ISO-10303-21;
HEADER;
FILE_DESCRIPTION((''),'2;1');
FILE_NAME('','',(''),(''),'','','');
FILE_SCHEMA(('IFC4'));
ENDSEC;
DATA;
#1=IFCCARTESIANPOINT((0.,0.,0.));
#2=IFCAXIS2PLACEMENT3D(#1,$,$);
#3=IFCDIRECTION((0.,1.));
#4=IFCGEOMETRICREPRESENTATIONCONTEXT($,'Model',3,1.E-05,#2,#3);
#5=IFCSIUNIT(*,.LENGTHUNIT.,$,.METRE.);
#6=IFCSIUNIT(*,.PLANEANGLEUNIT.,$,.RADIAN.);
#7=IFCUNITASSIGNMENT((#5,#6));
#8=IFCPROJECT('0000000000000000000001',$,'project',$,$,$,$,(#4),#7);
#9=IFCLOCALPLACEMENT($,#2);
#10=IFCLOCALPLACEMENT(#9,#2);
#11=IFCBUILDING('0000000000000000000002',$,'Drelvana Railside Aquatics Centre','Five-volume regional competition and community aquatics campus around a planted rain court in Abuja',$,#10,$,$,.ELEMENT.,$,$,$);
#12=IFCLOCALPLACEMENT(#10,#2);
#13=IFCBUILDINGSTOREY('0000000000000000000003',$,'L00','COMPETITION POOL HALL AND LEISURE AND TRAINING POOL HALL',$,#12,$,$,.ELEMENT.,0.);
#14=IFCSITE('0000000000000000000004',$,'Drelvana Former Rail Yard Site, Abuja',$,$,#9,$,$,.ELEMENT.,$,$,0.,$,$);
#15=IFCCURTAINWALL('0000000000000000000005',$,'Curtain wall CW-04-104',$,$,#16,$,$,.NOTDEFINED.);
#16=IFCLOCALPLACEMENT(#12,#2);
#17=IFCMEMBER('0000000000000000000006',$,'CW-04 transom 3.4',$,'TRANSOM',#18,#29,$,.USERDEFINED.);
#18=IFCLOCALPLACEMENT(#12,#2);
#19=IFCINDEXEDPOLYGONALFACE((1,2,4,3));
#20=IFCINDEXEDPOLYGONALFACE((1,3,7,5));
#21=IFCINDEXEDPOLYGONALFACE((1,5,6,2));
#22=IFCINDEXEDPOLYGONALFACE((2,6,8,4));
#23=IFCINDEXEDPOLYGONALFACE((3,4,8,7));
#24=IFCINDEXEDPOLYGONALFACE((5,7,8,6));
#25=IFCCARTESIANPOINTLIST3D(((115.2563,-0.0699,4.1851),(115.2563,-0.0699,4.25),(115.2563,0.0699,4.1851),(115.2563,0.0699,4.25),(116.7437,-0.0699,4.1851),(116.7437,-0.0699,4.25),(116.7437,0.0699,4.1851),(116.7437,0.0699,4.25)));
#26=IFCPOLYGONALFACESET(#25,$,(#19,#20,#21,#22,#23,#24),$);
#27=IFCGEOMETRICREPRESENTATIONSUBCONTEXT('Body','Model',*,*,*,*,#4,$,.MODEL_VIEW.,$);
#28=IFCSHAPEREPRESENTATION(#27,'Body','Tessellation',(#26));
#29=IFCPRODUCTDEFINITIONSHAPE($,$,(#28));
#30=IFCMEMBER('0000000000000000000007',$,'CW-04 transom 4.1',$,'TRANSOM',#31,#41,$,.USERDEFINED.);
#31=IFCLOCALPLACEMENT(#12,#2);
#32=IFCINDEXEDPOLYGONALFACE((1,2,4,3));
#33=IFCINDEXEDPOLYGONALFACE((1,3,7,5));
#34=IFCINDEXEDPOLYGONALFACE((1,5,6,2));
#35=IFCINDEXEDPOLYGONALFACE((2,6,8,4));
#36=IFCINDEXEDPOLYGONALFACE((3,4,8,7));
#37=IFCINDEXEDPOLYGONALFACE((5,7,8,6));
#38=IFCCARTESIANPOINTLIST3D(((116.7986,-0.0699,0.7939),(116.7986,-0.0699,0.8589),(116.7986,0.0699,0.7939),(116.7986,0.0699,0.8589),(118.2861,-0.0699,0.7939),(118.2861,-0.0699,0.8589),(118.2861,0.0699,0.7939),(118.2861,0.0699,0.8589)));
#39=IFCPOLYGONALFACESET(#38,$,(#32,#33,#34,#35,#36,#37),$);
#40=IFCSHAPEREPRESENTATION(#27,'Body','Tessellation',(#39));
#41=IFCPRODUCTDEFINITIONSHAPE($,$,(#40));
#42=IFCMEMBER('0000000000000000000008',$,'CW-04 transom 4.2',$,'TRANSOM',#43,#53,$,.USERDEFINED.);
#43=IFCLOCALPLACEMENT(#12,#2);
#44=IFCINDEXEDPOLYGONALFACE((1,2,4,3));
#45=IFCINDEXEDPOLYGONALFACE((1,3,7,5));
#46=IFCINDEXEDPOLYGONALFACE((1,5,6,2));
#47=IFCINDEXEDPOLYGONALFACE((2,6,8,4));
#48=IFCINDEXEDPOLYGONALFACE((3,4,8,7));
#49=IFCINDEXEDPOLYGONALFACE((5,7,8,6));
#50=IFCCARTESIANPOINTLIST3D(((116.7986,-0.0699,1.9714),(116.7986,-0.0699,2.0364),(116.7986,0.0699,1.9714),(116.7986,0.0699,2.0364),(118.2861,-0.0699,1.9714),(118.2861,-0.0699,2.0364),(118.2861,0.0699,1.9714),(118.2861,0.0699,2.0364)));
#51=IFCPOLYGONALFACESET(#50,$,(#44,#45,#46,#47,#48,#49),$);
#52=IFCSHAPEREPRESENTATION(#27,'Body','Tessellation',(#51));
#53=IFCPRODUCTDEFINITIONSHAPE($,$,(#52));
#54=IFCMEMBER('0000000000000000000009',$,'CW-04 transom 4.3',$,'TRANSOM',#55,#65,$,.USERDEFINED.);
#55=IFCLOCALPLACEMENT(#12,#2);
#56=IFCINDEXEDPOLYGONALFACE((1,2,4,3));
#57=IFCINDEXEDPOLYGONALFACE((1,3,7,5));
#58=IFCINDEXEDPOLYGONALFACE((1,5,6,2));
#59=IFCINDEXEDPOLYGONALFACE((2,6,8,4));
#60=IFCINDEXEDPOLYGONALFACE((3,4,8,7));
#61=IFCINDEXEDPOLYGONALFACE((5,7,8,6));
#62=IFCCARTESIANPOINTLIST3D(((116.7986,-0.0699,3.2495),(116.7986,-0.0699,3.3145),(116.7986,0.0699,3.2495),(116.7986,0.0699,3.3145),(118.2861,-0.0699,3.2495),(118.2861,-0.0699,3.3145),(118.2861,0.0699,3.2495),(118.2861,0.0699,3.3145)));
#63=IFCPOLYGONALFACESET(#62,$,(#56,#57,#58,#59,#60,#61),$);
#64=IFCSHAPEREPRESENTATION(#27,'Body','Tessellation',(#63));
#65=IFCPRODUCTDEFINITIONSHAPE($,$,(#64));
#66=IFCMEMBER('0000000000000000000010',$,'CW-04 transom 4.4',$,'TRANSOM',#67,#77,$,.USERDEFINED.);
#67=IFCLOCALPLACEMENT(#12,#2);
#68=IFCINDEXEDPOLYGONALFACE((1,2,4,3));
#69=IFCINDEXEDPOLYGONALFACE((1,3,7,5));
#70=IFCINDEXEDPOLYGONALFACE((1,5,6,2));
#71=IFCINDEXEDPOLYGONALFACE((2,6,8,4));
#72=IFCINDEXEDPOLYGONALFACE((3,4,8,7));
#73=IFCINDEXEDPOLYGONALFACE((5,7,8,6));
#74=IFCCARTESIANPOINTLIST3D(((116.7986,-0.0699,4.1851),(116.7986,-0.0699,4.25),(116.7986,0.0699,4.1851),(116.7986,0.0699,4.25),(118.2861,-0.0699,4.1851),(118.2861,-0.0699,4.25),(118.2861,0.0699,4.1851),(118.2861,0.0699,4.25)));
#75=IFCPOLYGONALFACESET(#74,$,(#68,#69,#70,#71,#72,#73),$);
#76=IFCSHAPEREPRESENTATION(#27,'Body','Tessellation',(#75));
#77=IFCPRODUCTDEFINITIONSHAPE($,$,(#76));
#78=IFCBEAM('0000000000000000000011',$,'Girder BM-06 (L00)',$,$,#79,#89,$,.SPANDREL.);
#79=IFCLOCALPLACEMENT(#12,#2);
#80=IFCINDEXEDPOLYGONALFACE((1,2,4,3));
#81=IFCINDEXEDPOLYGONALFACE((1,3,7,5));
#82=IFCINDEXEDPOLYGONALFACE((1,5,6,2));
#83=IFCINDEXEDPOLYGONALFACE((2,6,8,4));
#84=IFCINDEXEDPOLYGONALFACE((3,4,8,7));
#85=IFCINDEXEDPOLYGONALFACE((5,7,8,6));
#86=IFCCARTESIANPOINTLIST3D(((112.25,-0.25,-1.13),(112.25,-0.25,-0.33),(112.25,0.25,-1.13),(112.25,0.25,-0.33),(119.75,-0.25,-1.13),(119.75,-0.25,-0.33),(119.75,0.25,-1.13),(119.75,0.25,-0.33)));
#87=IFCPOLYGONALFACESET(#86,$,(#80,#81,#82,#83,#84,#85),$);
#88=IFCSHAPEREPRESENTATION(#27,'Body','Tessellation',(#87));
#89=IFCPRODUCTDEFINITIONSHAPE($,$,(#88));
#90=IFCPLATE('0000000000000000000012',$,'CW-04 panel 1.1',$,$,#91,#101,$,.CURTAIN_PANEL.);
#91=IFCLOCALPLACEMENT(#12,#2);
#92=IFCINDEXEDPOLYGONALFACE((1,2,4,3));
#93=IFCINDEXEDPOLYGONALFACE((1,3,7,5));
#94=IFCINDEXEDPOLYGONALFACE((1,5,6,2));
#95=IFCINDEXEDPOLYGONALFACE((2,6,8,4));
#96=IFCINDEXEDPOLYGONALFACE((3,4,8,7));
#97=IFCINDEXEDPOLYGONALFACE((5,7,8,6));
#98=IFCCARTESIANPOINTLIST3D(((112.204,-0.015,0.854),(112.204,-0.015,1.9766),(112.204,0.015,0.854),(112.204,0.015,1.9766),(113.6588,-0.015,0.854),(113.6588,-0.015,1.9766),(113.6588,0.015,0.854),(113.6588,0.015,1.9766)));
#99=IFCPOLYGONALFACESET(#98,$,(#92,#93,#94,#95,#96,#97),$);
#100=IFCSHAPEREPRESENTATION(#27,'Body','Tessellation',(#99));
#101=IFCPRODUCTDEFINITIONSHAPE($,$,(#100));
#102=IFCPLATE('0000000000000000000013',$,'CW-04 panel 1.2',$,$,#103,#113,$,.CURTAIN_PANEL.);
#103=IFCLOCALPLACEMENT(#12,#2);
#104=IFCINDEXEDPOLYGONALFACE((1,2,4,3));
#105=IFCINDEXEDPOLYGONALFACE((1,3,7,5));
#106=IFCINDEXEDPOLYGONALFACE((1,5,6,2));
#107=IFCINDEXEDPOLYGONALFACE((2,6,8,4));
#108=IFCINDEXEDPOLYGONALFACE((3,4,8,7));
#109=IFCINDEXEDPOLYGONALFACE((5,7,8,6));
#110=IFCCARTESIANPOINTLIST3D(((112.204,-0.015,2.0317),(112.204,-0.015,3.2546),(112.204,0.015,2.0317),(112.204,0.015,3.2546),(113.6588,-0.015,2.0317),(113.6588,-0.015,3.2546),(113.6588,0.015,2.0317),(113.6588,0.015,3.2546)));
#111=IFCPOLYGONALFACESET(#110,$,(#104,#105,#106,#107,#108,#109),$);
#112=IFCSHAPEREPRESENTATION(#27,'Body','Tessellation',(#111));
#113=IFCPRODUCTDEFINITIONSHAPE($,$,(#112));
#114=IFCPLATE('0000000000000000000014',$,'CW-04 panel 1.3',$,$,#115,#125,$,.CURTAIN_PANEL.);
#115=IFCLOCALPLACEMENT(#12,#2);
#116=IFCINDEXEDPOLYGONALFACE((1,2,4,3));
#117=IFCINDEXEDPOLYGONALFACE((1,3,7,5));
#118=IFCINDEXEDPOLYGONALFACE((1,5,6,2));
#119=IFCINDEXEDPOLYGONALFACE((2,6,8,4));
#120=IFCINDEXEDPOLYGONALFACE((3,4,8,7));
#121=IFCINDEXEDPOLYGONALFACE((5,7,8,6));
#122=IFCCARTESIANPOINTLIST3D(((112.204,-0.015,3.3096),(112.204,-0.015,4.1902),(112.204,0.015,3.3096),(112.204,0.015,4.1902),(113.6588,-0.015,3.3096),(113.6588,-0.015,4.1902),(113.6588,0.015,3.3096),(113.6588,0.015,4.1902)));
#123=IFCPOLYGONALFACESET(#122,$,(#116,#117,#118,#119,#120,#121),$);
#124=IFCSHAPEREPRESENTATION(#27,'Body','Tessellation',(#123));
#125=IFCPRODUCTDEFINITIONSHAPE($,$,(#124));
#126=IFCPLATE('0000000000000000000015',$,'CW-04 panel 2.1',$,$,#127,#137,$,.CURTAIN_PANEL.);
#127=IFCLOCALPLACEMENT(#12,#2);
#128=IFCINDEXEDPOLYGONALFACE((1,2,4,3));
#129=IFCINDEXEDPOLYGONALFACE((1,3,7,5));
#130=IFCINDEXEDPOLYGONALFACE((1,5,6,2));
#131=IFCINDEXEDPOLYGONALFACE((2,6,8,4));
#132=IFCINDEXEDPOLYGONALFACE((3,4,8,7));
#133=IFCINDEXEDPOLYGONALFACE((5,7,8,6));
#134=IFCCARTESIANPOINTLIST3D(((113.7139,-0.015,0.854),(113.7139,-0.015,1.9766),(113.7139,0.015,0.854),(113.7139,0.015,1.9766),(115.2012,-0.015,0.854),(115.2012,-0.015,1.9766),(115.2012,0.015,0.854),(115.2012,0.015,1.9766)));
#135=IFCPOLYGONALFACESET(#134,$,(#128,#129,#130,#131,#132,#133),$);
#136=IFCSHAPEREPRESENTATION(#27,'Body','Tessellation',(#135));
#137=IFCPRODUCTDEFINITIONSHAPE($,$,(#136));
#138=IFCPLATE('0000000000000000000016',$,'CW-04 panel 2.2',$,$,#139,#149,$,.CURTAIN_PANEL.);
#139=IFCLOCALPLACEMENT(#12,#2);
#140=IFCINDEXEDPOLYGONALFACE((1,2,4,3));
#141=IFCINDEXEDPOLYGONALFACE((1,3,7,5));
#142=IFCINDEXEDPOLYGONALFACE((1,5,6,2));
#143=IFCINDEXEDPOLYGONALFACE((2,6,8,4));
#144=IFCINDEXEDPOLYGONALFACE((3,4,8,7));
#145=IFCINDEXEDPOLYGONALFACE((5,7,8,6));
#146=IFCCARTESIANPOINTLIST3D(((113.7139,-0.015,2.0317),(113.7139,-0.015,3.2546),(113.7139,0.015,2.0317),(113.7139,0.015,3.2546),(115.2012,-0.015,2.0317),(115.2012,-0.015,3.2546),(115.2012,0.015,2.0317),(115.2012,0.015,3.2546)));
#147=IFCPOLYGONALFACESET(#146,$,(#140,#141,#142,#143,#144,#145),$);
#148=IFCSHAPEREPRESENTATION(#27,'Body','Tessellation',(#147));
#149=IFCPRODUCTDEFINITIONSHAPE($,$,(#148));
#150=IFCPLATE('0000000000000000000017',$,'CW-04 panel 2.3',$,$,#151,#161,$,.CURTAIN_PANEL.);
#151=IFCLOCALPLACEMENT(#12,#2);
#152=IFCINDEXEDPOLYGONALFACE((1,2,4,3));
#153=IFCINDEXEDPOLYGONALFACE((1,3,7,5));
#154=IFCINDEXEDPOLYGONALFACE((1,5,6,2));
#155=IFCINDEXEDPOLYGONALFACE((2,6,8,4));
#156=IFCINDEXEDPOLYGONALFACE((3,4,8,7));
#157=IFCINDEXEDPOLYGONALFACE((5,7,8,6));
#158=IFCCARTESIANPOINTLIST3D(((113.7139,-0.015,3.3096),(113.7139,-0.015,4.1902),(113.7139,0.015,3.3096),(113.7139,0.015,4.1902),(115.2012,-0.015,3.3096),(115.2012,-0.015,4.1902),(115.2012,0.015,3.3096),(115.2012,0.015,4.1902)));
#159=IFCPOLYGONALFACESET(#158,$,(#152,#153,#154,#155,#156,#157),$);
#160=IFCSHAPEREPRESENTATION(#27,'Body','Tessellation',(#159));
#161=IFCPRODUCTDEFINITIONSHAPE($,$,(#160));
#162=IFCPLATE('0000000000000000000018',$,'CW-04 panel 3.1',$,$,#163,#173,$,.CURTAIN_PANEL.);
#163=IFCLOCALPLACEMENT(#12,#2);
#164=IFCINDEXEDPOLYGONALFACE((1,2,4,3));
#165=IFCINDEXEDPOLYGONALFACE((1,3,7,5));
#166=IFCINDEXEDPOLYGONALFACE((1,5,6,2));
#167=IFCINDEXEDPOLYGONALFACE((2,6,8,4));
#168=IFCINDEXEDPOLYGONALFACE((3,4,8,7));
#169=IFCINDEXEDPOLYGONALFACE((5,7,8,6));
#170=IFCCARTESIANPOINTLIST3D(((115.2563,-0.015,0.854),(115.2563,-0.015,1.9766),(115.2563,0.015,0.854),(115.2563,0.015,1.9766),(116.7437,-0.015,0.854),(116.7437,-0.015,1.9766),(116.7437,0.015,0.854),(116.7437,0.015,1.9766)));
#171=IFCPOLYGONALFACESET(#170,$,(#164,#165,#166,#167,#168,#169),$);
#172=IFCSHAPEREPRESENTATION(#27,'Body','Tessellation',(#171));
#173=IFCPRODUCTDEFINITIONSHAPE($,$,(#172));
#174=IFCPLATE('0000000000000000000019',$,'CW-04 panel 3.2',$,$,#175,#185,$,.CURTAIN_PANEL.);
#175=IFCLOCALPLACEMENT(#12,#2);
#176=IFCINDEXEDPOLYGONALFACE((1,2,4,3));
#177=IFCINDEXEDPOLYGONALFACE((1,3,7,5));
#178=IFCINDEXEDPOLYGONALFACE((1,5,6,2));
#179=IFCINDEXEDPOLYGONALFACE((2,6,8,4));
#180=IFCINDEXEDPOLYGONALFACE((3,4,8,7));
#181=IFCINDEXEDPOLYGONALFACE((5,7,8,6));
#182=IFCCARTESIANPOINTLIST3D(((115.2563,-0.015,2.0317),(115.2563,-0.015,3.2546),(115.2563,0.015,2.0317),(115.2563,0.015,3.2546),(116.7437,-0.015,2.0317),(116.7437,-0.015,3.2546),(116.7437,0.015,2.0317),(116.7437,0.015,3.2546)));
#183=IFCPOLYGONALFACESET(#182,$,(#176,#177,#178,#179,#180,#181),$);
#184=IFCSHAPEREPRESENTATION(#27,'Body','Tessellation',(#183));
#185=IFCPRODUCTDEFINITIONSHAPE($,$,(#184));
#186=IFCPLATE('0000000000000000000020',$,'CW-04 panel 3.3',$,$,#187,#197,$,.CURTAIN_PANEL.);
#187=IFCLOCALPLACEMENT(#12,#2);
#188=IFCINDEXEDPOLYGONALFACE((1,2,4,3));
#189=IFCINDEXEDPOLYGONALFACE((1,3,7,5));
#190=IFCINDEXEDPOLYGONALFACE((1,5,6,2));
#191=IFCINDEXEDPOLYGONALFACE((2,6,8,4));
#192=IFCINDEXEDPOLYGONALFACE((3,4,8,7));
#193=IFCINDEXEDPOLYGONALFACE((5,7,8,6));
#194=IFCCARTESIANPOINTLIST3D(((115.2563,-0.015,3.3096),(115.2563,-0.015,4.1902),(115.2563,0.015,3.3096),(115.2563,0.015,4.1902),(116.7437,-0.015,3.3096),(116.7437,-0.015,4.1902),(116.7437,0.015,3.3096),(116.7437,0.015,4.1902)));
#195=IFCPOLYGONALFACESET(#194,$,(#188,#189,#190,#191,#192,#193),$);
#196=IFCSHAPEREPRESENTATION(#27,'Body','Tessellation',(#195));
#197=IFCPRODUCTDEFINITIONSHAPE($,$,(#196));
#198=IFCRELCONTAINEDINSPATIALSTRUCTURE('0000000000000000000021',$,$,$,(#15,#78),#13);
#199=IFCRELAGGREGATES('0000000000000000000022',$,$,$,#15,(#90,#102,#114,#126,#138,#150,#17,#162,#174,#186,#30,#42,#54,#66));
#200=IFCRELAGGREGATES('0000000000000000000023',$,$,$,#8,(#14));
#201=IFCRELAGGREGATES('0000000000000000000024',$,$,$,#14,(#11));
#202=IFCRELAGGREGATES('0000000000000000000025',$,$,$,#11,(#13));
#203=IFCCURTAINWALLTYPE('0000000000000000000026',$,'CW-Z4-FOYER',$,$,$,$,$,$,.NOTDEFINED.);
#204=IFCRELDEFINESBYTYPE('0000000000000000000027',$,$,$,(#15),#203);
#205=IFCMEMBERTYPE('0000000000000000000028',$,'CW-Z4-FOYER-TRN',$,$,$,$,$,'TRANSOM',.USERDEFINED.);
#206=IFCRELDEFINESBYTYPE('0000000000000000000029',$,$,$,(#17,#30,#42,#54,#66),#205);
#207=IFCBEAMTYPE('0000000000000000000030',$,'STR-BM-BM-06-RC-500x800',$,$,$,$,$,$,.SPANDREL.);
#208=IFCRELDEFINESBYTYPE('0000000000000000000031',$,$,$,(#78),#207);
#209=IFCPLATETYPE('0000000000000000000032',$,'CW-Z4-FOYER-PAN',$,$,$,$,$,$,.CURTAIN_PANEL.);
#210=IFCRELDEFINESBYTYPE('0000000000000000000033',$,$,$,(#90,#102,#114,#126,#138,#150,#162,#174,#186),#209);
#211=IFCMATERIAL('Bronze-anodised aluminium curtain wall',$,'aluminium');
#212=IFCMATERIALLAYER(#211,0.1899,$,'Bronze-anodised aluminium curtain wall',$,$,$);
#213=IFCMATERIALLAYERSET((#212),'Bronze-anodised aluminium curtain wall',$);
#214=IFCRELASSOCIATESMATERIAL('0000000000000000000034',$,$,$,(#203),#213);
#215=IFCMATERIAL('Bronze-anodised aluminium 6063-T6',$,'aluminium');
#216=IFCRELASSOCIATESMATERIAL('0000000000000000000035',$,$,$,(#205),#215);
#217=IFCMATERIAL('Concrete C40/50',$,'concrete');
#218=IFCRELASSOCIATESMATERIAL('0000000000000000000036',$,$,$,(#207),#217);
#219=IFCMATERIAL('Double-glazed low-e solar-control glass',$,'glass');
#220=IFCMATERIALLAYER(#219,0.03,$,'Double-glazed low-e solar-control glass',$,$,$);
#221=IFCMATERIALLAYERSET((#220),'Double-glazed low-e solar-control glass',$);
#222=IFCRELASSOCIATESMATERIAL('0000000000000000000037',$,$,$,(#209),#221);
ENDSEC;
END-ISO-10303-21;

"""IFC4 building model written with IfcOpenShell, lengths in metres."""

from ifc_helpers import new_model, si_unit, direction, frame, origin, origin_2d, place, context, subcontext, project, spatial, rectangle, extrude, material, layer, layer_set, material_profile, profile_set, type_object, element, aggregate, save


model = new_model("IFC4")

# Units and contexts
model_context = context("Model", 3, precision=1e-05, world=origin(), true_north=direction((0.0, 1.0)))
body_context = subcontext(model_context, "Body", "Model", "MODEL_VIEW")
ifc_project = project(units=[si_unit("LENGTHUNIT", "METRE"), si_unit("PLANEANGLEUNIT", "RADIAN")], contexts=[model_context])

# Site, building, storey
site_placement = place(None, origin())
site = spatial("IfcSite", under=ifc_project, at=site_placement, Name="Drelvana Former Rail Yard Site, Abuja", CompositionType="ELEMENT", RefElevation=0.0)
building_placement = place(site_placement, origin())
building = spatial("IfcBuilding", under=site, at=building_placement, Name="Drelvana Railside Aquatics Centre", Description="Five-volume regional competition and community aquatics campus around a planted rain court in Abuja", CompositionType="ELEMENT")
storey_placement = place(building_placement, origin())
storey = spatial("IfcBuildingStorey", under=building, at=storey_placement, Name="L00", Description="COMPETITION POOL HALL AND LEISURE AND TRAINING POOL HALL", CompositionType="ELEMENT", Elevation=0.0)

# Curtain wall, members
ifc_material_1 = material(Name="Bronze-anodised aluminium curtain wall", Category="aluminium")
ifc_layer_1 = layer(ifc_material_1, 0.1899, Name="Bronze-anodised aluminium curtain wall")
ifc_layer_set_1 = layer_set([ifc_layer_1], Name="Bronze-anodised aluminium curtain wall")
curtain_wall_type = type_object("IfcCurtainWallType", Name="CW-Z4-FOYER", PredefinedType="NOTDEFINED", material=ifc_layer_set_1)
curtain_wall_placement = place(storey_placement, origin())
curtain_wall = element("IfcCurtainWall", 1, at=curtain_wall_placement, inside=storey, type_object=curtain_wall_type, Name="Curtain wall CW-04-104", PredefinedType="NOTDEFINED")
ifc_material_2 = material(Name="Bronze-anodised aluminium 6063-T6", Category="aluminium")
ifc_material_profile_1 = material_profile(ifc_material_2, rectangle(XDim=0.1399, YDim=0.0649, at=origin_2d()), Name="ALU-T 65x140")
ifc_profile_set_1 = profile_set([ifc_material_profile_1], Name="Bronze-anodised aluminium 6063-T6")
member_type_1 = type_object("IfcMemberType", Name="CW-Z4-FOYER-TRN", ElementType="TRANSOM", PredefinedType="USERDEFINED", material=ifc_profile_set_1)
member_1_placement = place(storey_placement, frame((115.2563, 0.0, 4.2175), z_axis=(1.0, 0.0, 0.0), x_axis=(0.0, 1.0, 0.0)))
member_1 = element("IfcMember", 2, at=member_1_placement, type_object=member_type_1, Name="CW-04 transom 3.4", ObjectType="TRANSOM", PredefinedType="USERDEFINED", context=body_context, shape_type="SweptSolid", body=[
    extrude(rectangle(XDim=0.1399, YDim=0.0649, at=origin_2d()), origin(), (0.0, 0.0, 1.0), 1.4873),
])
member_2_placement = place(storey_placement, frame((116.7986, 0.0, 0.8264), z_axis=(1.0, 0.0, 0.0), x_axis=(0.0, 1.0, 0.0)))
member_2 = element("IfcMember", 3, at=member_2_placement, type_object=member_type_1, Name="CW-04 transom 4.1", ObjectType="TRANSOM", PredefinedType="USERDEFINED", context=body_context, shape_type="SweptSolid", body=[
    extrude(rectangle(XDim=0.1399, YDim=0.0649, at=origin_2d()), origin(), (0.0, 0.0, 1.0), 1.4875),
])
member_3_placement = place(storey_placement, frame((116.7986, 0.0, 2.0039), z_axis=(1.0, 0.0, 0.0), x_axis=(0.0, 1.0, 0.0)))
member_3 = element("IfcMember", 4, at=member_3_placement, type_object=member_type_1, Name="CW-04 transom 4.2", ObjectType="TRANSOM", PredefinedType="USERDEFINED", context=body_context, shape_type="SweptSolid", body=[
    extrude(rectangle(XDim=0.1399, YDim=0.0649, at=origin_2d()), origin(), (0.0, 0.0, 1.0), 1.4875),
])
member_4_placement = place(storey_placement, frame((116.7986, 0.0, 3.282), z_axis=(1.0, 0.0, 0.0), x_axis=(0.0, 1.0, 0.0)))
member_4 = element("IfcMember", 5, at=member_4_placement, type_object=member_type_1, Name="CW-04 transom 4.3", ObjectType="TRANSOM", PredefinedType="USERDEFINED", context=body_context, shape_type="SweptSolid", body=[
    extrude(rectangle(XDim=0.1399, YDim=0.0649, at=origin_2d()), origin(), (0.0, 0.0, 1.0), 1.4875),
])
member_5_placement = place(storey_placement, frame((116.7986, 0.0, 4.2175), z_axis=(1.0, 0.0, 0.0), x_axis=(0.0, 1.0, 0.0)))
member_5 = element("IfcMember", 6, at=member_5_placement, type_object=member_type_1, Name="CW-04 transom 4.4", ObjectType="TRANSOM", PredefinedType="USERDEFINED", context=body_context, shape_type="SweptSolid", body=[
    extrude(rectangle(XDim=0.1399, YDim=0.0649, at=origin_2d()), origin(), (0.0, 0.0, 1.0), 1.4875),
])

# Beam
ifc_material_3 = material(Name="Concrete C40/50", Category="concrete")
ifc_material_profile_2 = material_profile(ifc_material_3, rectangle(XDim=0.5, YDim=0.8, at=origin_2d()), Name="RC 500x800")
ifc_profile_set_2 = profile_set([ifc_material_profile_2], Name="Concrete C40/50")
beam_type = type_object("IfcBeamType", Name="STR-BM-BM-06-RC-500x800", PredefinedType="SPANDREL", material=ifc_profile_set_2)
beam_placement = place(storey_placement, frame((112.25, 0.0, -0.73), z_axis=(1.0, 0.0, 0.0), x_axis=(0.0, 1.0, 0.0)))
element("IfcBeam", 7, at=beam_placement, inside=storey, type_object=beam_type, Name="Girder BM-06 (L00)", PredefinedType="SPANDREL", context=body_context, shape_type="SweptSolid", body=[
    extrude(rectangle(XDim=0.5, YDim=0.8, at=origin_2d()), origin(), (0.0, 0.0, 1.0), 7.5),
])

# Plates
ifc_material_4 = material(Name="Double-glazed low-e solar-control glass", Category="glass")
ifc_layer_2 = layer(ifc_material_4, 0.03, Name="Double-glazed low-e solar-control glass")
ifc_layer_set_2 = layer_set([ifc_layer_2], Name="Double-glazed low-e solar-control glass")
plate_type = type_object("IfcPlateType", Name="CW-Z4-FOYER-PAN", PredefinedType="CURTAIN_PANEL", material=ifc_layer_set_2)
plate_1_placement = place(storey_placement, frame((112.9314, 0.0, 0.854), z_axis=(0.0, 0.0, 1.0), x_axis=(1.0, 0.0, 0.0)))
plate_1 = element("IfcPlate", 8, at=plate_1_placement, type_object=plate_type, Name="CW-04 panel 1.1", PredefinedType="CURTAIN_PANEL", context=body_context, shape_type="SweptSolid", body=[
    extrude(rectangle(XDim=1.4548, YDim=0.03, at=origin_2d()), origin(), (0.0, 0.0, 1.0), 1.1226),
])
plate_2_placement = place(storey_placement, frame((112.9314, 0.0, 2.0317), z_axis=(0.0, 0.0, 1.0), x_axis=(1.0, 0.0, 0.0)))
plate_2 = element("IfcPlate", 9, at=plate_2_placement, type_object=plate_type, Name="CW-04 panel 1.2", PredefinedType="CURTAIN_PANEL", context=body_context, shape_type="SweptSolid", body=[
    extrude(rectangle(XDim=1.4548, YDim=0.03, at=origin_2d()), origin(), (0.0, 0.0, 1.0), 1.2229),
])
plate_3_placement = place(storey_placement, frame((112.9314, 0.0, 3.3096), z_axis=(0.0, 0.0, 1.0), x_axis=(1.0, 0.0, 0.0)))
plate_3 = element("IfcPlate", 10, at=plate_3_placement, type_object=plate_type, Name="CW-04 panel 1.3", PredefinedType="CURTAIN_PANEL", context=body_context, shape_type="SweptSolid", body=[
    extrude(rectangle(XDim=1.4548, YDim=0.03, at=origin_2d()), origin(), (0.0, 0.0, 1.0), 0.8806),
])
plate_4_placement = place(storey_placement, frame((114.4575, 0.0, 0.854), z_axis=(0.0, 0.0, 1.0), x_axis=(1.0, 0.0, 0.0)))
plate_4 = element("IfcPlate", 11, at=plate_4_placement, type_object=plate_type, Name="CW-04 panel 2.1", PredefinedType="CURTAIN_PANEL", context=body_context, shape_type="SweptSolid", body=[
    extrude(rectangle(XDim=1.4873, YDim=0.03, at=origin_2d()), origin(), (0.0, 0.0, 1.0), 1.1226),
])
plate_5_placement = place(storey_placement, frame((114.4575, 0.0, 2.0317), z_axis=(0.0, 0.0, 1.0), x_axis=(1.0, 0.0, 0.0)))
plate_5 = element("IfcPlate", 12, at=plate_5_placement, type_object=plate_type, Name="CW-04 panel 2.2", PredefinedType="CURTAIN_PANEL", context=body_context, shape_type="SweptSolid", body=[
    extrude(rectangle(XDim=1.4873, YDim=0.03, at=origin_2d()), origin(), (0.0, 0.0, 1.0), 1.2229),
])
plate_6_placement = place(storey_placement, frame((114.4575, 0.0, 3.3096), z_axis=(0.0, 0.0, 1.0), x_axis=(1.0, 0.0, 0.0)))
plate_6 = element("IfcPlate", 13, at=plate_6_placement, type_object=plate_type, Name="CW-04 panel 2.3", PredefinedType="CURTAIN_PANEL", context=body_context, shape_type="SweptSolid", body=[
    extrude(rectangle(XDim=1.4873, YDim=0.03, at=origin_2d()), origin(), (0.0, 0.0, 1.0), 0.8806),
])
plate_7_placement = place(storey_placement, frame((116.0, 0.0, 0.854), z_axis=(0.0, 0.0, 1.0), x_axis=(1.0, 0.0, 0.0)))
plate_7 = element("IfcPlate", 14, at=plate_7_placement, type_object=plate_type, Name="CW-04 panel 3.1", PredefinedType="CURTAIN_PANEL", context=body_context, shape_type="SweptSolid", body=[
    extrude(rectangle(XDim=1.4873, YDim=0.03, at=origin_2d()), origin(), (0.0, 0.0, 1.0), 1.1226),
])
plate_8_placement = place(storey_placement, frame((116.0, 0.0, 2.0317), z_axis=(0.0, 0.0, 1.0), x_axis=(1.0, 0.0, 0.0)))
plate_8 = element("IfcPlate", 15, at=plate_8_placement, type_object=plate_type, Name="CW-04 panel 3.2", PredefinedType="CURTAIN_PANEL", context=body_context, shape_type="SweptSolid", body=[
    extrude(rectangle(XDim=1.4873, YDim=0.03, at=origin_2d()), origin(), (0.0, 0.0, 1.0), 1.2229),
])
plate_9_placement = place(storey_placement, frame((116.0, 0.0, 3.3096), z_axis=(0.0, 0.0, 1.0), x_axis=(1.0, 0.0, 0.0)))
plate_9 = element("IfcPlate", 16, at=plate_9_placement, type_object=plate_type, Name="CW-04 panel 3.3", PredefinedType="CURTAIN_PANEL", context=body_context, shape_type="SweptSolid", body=[
    extrude(rectangle(XDim=1.4873, YDim=0.03, at=origin_2d()), origin(), (0.0, 0.0, 1.0), 0.8806),
])
aggregate(curtain_wall, [plate_1, plate_2, plate_3, plate_4, plate_5, plate_6, member_1, plate_7, plate_8, plate_9, member_2, member_3, member_4, member_5])

save(model, "model.ifc")
